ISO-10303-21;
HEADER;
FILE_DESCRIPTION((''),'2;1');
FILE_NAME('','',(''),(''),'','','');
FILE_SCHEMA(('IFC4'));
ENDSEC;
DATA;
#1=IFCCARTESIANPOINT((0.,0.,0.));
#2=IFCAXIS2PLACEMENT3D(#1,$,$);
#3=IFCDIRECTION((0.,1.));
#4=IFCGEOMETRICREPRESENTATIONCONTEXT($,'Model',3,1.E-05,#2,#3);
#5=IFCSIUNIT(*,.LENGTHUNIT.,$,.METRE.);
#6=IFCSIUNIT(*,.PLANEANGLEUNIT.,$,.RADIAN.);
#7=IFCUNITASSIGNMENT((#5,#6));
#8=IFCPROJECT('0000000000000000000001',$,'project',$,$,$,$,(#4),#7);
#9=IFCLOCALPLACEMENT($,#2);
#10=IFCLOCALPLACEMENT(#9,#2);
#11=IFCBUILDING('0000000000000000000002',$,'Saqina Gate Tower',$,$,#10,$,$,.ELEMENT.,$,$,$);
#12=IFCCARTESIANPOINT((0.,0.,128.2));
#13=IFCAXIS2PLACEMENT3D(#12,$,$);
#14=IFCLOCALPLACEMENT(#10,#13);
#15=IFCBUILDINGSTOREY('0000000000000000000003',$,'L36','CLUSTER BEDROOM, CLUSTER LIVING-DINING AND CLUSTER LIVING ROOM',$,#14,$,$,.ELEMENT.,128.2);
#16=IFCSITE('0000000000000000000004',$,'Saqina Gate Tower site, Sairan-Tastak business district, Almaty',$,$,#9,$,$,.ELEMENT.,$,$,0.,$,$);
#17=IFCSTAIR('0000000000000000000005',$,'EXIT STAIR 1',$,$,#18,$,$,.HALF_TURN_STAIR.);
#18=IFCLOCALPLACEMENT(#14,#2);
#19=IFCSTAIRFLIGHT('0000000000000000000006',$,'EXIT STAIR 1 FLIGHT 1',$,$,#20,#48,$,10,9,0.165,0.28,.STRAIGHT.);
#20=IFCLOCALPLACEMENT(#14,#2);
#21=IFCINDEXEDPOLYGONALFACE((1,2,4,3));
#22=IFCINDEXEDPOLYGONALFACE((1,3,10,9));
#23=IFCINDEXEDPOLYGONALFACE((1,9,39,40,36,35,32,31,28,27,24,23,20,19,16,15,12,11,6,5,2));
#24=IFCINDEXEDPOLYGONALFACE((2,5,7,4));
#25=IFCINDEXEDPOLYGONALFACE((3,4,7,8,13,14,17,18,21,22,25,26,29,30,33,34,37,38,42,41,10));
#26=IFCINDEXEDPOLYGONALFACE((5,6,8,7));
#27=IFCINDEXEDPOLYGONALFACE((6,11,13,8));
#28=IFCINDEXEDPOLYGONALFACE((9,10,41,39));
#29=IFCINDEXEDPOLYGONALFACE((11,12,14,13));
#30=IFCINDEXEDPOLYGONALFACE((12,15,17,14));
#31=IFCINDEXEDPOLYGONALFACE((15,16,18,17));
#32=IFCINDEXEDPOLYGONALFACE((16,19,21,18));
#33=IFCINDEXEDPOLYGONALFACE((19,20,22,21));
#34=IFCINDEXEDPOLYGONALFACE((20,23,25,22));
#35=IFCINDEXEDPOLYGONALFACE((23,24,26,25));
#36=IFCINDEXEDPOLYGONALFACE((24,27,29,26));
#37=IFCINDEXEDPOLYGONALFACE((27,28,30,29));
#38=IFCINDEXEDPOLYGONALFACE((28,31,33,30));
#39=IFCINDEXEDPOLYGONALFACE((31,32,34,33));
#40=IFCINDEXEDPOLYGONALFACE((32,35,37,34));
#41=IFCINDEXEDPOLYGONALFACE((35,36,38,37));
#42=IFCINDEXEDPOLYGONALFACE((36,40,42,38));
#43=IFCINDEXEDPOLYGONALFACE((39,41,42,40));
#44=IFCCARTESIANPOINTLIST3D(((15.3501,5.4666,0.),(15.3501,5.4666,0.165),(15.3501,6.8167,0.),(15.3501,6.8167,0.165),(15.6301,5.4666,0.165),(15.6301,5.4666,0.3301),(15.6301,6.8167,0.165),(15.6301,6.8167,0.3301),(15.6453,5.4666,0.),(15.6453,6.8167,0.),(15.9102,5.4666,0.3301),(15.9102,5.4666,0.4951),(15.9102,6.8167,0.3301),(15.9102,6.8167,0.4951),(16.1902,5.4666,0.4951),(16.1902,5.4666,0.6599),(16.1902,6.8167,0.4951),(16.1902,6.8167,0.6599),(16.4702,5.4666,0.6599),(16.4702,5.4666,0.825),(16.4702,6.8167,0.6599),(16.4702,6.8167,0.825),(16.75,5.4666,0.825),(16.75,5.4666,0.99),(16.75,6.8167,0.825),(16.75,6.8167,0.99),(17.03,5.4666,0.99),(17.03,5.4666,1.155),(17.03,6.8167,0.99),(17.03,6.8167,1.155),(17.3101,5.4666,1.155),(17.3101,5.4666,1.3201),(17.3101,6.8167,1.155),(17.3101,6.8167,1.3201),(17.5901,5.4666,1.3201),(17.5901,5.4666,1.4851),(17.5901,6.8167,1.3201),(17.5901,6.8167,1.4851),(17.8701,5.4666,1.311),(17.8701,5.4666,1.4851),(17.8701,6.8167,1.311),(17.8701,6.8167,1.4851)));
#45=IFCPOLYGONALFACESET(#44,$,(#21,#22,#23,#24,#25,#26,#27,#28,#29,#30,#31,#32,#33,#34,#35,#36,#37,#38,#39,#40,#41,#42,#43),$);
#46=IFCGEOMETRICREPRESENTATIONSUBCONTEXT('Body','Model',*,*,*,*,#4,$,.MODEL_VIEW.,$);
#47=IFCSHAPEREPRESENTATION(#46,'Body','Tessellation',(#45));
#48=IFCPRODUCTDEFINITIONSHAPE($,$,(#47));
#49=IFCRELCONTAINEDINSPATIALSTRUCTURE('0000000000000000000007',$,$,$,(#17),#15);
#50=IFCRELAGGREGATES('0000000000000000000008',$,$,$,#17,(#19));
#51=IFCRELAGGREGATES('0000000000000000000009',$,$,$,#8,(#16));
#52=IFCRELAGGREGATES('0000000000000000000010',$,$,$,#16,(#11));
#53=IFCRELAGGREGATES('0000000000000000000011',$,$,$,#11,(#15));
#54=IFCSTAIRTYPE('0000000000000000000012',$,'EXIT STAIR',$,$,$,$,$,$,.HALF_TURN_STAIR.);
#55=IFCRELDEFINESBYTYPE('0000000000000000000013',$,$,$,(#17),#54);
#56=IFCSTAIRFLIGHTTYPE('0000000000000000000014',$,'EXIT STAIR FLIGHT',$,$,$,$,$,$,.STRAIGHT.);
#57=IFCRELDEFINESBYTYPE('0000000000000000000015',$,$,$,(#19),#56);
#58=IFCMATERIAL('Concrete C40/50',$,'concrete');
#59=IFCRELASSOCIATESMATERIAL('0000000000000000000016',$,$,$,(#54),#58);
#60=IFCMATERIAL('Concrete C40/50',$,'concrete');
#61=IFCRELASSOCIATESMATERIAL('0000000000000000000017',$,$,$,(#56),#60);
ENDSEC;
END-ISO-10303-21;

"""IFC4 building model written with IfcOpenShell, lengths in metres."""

from ifc_helpers import new_model, si_unit, direction, frame, origin, place, context, subcontext, project, spatial, polyline, outline, extrude, material, type_object, element, aggregate, save


model = new_model("IFC4")

# Units and contexts
model_context = context("Model", 3, precision=1e-05, world=origin(), true_north=direction((0.0, 1.0)))
body_context = subcontext(model_context, "Body", "Model", "MODEL_VIEW")
ifc_project = project(units=[si_unit("LENGTHUNIT", "METRE"), si_unit("PLANEANGLEUNIT", "RADIAN")], contexts=[model_context])

# Site, building, storey
site_placement = place(None, origin())
site = spatial("IfcSite", under=ifc_project, at=site_placement, Name="Saqina Gate Tower site, Sairan-Tastak business district, Almaty", CompositionType="ELEMENT", RefElevation=0.0)
building_placement = place(site_placement, origin())
building = spatial("IfcBuilding", under=site, at=building_placement, Name="Saqina Gate Tower", CompositionType="ELEMENT")
storey_placement = place(building_placement, frame((0.0, 0.0, 128.2)))
storey = spatial("IfcBuildingStorey", under=building, at=storey_placement, Name="L36", Description="CLUSTER BEDROOM, CLUSTER LIVING-DINING AND CLUSTER LIVING ROOM", CompositionType="ELEMENT", Elevation=128.2)

# Stair, stair flight
ifc_material_1 = material(Name="Concrete C40/50", Category="concrete")
stair_type = type_object("IfcStairType", Name="EXIT STAIR", PredefinedType="HALF_TURN_STAIR", material=ifc_material_1)
stair_placement = place(storey_placement, origin())
stair = element("IfcStair", 1, at=stair_placement, inside=storey, type_object=stair_type, Name="EXIT STAIR 1", PredefinedType="HALF_TURN_STAIR")
ifc_material_2 = material(Name="Concrete C40/50", Category="concrete")
stair_flight_type = type_object("IfcStairFlightType", Name="EXIT STAIR FLIGHT", PredefinedType="STRAIGHT", material=ifc_material_2)
stair_flight_placement = place(storey_placement, frame((15.3501, 6.1416, 0.0), z_axis=(0.0, 0.0, 1.0), x_axis=(1.0, 0.0, 0.0)))
stair_flight = element("IfcStairFlight", 2, at=stair_flight_placement, type_object=stair_flight_type, Name="EXIT STAIR 1 FLIGHT 1", NumberOfRisers=10, NumberOfTreads=9, PredefinedType="STRAIGHT", RiserHeight=0.165, TreadLength=0.28, context=body_context, shape_type="SweptSolid", body=[
    extrude(outline(polyline([(0.0, 0.0), (0.0, 0.165), (0.28, 0.165), (0.28, 0.3301), (0.5601, 0.3301), (0.5601, 0.4951), (0.8401, 0.4951), (0.8401, 0.6599), (1.1201, 0.6599), (1.1201, 0.825), (1.3999, 0.825), (1.3999, 0.99), (1.6799, 0.99), (1.6799, 1.155), (1.96, 1.155), (1.96, 1.3201), (2.24, 1.3201), (2.24, 1.4851), (2.52, 1.4851), (2.52, 1.6499), (2.52, 1.311), (0.2952, 0.0), (0.0, 0.0)])), frame((0.0, 0.675, 0.0), z_axis=(0.0, -1.0, 0.0), x_axis=(1.0, 0.0, 0.0)), (0.0, 0.0, 1.0), 1.3501),
])
aggregate(stair, [stair_flight])

save(model, "model.ifc")
